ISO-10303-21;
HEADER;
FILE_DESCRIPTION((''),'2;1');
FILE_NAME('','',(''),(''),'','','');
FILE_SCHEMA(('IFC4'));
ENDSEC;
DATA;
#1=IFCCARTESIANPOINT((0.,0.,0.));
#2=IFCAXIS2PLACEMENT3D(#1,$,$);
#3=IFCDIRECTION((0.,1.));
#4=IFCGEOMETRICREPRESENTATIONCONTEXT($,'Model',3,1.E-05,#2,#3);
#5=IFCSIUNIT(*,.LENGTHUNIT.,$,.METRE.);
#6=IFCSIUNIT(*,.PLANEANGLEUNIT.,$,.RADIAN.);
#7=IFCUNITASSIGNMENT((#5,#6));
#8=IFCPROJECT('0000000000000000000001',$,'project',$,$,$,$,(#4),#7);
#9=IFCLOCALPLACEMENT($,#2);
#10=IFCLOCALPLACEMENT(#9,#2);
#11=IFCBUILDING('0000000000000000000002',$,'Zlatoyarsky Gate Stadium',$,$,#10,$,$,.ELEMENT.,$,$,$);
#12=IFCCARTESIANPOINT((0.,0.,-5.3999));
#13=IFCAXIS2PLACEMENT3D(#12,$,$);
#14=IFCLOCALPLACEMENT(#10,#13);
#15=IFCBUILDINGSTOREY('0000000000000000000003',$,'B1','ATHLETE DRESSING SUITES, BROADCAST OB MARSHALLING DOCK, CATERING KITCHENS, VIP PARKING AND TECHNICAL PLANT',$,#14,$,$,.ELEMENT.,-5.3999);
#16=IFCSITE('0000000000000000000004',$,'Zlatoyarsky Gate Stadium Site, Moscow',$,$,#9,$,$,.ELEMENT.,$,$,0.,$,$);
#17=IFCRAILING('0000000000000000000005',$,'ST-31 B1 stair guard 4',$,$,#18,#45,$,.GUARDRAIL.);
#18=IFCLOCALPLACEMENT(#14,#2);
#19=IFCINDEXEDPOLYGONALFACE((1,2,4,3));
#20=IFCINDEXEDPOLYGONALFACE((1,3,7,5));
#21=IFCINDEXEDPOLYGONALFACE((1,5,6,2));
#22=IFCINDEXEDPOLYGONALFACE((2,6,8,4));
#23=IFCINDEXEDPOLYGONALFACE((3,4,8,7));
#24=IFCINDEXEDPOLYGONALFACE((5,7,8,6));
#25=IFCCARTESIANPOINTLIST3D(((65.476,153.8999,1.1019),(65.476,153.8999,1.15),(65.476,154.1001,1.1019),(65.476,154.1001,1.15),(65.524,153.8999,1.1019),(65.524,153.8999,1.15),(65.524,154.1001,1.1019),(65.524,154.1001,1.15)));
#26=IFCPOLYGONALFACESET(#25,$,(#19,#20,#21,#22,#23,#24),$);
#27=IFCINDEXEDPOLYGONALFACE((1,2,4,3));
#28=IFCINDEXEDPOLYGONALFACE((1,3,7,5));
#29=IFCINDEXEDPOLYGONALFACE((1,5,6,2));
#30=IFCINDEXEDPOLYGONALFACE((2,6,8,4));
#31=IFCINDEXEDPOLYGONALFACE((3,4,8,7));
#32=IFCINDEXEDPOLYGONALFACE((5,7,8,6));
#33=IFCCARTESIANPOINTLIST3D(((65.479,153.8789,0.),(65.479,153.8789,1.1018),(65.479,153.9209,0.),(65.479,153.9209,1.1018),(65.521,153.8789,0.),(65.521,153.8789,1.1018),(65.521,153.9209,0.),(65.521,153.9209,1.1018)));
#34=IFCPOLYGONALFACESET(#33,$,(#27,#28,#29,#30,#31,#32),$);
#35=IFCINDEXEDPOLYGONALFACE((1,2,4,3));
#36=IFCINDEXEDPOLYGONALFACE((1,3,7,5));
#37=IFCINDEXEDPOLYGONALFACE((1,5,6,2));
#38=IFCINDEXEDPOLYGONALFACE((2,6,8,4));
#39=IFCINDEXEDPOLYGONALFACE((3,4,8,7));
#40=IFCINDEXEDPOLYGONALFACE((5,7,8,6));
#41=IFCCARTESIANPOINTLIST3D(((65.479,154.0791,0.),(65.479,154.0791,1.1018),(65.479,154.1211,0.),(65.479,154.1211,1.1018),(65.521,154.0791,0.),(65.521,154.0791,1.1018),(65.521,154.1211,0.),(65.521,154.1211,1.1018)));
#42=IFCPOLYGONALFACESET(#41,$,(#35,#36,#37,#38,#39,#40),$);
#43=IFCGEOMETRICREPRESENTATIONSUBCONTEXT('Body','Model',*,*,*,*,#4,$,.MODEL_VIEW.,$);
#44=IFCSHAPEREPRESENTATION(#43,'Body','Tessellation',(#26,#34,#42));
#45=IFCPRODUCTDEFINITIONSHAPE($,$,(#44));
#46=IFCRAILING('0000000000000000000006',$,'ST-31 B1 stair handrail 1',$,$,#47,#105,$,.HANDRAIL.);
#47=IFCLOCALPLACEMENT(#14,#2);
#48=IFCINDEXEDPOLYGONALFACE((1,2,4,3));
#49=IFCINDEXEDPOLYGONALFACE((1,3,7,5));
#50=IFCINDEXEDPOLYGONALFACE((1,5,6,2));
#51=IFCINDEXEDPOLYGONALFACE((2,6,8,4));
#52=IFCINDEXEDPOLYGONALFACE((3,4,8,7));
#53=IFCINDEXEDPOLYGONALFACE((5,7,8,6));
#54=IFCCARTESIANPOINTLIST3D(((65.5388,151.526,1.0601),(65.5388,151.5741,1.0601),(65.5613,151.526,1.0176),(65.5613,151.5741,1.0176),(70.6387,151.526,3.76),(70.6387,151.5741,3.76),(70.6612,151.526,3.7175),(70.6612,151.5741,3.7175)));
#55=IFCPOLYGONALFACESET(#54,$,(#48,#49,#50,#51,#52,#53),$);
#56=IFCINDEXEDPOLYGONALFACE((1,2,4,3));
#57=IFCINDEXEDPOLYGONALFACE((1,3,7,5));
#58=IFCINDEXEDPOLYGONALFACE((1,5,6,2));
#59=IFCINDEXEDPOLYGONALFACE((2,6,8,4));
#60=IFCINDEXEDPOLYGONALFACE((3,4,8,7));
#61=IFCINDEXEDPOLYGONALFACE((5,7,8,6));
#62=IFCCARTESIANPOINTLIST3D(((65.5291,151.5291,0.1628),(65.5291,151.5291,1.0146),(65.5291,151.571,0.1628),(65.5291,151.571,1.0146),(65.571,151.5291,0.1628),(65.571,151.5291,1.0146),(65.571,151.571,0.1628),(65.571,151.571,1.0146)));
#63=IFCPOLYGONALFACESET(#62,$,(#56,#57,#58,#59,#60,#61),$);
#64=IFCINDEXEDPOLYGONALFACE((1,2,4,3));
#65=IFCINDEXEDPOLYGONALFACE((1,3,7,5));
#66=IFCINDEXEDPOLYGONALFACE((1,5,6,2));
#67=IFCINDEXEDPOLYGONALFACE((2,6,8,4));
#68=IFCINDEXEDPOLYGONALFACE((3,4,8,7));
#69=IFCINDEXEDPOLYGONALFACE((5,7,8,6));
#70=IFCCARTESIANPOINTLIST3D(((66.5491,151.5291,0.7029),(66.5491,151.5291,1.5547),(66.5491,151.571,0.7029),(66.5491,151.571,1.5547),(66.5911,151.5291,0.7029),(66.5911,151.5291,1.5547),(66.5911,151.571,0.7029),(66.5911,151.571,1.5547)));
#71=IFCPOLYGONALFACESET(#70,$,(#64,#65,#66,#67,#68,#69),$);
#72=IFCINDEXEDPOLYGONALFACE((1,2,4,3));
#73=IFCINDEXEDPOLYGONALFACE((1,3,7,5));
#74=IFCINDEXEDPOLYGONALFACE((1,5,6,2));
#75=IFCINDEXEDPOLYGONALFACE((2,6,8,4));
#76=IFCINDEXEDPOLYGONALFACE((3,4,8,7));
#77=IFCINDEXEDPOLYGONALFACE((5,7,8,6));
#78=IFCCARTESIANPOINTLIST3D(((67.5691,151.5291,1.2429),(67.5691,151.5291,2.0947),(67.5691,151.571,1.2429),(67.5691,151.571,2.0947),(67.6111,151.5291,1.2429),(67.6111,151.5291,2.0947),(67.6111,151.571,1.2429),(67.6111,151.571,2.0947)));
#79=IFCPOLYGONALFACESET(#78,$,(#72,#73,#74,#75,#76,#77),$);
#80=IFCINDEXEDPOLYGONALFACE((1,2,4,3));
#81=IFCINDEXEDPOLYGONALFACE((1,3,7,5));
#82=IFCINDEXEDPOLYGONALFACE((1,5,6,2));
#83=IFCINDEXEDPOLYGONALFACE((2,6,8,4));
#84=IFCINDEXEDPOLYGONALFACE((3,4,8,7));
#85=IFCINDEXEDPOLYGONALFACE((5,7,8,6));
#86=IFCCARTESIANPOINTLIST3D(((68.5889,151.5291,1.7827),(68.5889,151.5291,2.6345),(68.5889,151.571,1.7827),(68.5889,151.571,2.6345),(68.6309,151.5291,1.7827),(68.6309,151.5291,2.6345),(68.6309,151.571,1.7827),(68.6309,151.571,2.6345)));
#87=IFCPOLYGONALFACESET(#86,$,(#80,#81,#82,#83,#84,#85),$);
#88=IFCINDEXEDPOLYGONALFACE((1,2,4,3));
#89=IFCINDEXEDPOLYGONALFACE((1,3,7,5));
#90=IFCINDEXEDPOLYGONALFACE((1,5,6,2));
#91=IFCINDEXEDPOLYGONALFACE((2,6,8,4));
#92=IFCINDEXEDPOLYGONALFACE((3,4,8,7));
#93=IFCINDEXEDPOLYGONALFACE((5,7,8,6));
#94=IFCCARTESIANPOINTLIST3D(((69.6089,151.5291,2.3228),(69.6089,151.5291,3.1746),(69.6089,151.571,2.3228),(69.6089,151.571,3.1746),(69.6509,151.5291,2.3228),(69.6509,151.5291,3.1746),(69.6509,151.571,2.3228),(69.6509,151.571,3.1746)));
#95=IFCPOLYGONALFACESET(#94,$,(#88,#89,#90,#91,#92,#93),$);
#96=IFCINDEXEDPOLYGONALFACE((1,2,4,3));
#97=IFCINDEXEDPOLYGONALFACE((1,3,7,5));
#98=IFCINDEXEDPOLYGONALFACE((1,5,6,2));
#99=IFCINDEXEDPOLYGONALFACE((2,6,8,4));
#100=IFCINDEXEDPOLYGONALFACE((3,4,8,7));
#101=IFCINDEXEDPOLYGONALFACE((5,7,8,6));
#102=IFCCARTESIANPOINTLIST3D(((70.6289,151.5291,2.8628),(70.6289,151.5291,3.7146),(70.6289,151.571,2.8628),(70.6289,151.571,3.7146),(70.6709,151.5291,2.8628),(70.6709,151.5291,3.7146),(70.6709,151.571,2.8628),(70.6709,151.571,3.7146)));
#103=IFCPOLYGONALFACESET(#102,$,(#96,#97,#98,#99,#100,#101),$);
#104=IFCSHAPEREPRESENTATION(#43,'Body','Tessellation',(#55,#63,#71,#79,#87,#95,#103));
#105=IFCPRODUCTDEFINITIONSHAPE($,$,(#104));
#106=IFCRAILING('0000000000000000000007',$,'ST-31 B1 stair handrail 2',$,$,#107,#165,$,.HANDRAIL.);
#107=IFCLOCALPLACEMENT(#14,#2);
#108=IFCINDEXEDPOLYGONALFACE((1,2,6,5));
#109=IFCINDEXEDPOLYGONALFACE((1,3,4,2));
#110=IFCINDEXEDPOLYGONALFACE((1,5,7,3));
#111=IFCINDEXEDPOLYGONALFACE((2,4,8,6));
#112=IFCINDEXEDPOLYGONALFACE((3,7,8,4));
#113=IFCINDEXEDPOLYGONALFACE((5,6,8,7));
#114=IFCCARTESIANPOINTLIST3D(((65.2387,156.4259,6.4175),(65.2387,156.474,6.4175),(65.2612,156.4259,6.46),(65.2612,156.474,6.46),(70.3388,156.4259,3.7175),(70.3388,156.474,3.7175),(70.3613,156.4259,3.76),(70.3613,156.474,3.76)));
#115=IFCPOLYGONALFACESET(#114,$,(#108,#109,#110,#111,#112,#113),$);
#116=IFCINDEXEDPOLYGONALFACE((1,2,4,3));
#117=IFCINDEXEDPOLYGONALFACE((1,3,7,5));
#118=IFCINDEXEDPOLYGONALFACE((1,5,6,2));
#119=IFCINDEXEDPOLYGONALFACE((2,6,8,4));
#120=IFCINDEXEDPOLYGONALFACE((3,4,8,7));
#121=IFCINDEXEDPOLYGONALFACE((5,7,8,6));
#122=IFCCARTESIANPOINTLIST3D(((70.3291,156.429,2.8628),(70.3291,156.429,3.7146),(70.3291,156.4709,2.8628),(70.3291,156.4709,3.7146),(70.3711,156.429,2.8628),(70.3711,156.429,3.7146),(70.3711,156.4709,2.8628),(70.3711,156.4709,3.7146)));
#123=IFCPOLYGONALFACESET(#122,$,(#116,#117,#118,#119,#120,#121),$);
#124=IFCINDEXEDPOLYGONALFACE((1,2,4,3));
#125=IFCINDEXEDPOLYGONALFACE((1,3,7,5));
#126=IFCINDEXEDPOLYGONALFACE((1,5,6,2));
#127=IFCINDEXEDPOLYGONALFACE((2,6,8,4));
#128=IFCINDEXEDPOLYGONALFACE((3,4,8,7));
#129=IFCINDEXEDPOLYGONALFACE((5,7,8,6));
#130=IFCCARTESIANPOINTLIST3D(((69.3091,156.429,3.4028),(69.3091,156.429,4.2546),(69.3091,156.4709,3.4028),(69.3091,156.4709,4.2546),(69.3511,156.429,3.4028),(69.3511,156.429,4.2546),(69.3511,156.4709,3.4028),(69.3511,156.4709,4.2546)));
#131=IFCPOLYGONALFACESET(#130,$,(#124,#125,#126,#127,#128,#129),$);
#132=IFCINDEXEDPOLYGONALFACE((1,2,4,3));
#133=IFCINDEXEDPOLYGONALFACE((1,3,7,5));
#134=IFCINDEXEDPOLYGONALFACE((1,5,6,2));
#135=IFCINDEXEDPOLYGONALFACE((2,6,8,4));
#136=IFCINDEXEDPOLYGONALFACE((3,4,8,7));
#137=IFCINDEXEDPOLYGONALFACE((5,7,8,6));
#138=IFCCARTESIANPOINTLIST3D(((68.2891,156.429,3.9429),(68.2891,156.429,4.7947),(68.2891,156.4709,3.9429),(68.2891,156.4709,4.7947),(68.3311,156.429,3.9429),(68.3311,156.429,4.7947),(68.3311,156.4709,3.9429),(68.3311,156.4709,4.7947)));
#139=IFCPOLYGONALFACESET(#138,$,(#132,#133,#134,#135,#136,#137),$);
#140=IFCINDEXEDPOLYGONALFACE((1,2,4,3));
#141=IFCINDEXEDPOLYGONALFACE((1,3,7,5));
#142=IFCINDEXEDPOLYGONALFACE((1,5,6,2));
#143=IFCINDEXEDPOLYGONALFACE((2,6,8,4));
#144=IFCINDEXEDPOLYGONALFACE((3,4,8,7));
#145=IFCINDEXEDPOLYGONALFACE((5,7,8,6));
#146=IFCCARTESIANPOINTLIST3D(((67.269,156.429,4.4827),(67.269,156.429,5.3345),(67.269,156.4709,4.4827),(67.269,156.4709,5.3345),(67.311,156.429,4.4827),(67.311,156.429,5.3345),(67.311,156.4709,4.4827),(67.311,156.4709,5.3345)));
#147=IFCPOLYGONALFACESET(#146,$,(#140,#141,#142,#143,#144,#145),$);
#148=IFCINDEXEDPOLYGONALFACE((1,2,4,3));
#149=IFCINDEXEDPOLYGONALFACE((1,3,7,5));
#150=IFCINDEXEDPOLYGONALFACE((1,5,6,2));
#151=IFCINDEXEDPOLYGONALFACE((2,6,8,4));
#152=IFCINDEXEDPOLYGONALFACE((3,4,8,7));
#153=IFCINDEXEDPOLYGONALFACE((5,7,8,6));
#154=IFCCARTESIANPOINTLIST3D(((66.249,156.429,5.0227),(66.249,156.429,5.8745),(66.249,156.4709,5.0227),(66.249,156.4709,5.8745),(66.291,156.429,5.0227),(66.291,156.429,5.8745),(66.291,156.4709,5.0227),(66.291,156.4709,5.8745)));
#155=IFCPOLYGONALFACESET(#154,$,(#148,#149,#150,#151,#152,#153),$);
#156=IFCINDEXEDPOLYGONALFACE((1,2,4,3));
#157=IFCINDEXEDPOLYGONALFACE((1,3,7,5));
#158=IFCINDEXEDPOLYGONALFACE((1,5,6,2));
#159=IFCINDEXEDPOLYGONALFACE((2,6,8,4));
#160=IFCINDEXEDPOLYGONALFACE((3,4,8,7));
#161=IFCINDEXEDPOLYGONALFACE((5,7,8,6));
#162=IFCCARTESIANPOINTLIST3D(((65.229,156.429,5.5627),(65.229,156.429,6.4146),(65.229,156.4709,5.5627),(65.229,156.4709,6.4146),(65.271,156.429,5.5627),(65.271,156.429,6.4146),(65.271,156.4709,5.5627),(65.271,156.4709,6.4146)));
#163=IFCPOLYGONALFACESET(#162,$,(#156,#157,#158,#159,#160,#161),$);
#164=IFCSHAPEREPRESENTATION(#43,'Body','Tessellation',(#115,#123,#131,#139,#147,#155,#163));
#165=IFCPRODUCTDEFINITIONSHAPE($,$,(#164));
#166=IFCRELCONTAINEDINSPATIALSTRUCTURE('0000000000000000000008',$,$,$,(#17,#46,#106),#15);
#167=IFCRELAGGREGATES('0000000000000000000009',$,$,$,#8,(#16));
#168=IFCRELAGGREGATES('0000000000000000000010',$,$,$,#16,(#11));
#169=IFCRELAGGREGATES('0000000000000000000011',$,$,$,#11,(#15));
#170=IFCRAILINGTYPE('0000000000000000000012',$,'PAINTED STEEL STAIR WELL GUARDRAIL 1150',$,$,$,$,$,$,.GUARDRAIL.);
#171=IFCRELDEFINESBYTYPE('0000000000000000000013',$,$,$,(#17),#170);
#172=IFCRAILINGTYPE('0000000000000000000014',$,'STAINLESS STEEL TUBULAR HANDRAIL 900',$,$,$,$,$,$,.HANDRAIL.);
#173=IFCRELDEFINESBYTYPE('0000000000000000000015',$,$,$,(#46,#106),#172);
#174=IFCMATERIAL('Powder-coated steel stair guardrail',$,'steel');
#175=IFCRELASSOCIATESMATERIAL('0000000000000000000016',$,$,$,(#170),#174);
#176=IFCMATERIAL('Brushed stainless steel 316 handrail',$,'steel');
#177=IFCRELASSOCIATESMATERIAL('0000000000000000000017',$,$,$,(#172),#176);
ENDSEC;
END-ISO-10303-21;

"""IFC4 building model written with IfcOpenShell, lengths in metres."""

from ifc_helpers import new_model, si_unit, direction, frame, origin, origin_2d, place, context, subcontext, project, spatial, rectangle, extrude, material, type_object, element, save


model = new_model("IFC4")

# Units and contexts
model_context = context("Model", 3, precision=1e-05, world=origin(), true_north=direction((0.0, 1.0)))
body_context = subcontext(model_context, "Body", "Model", "MODEL_VIEW")
ifc_project = project(units=[si_unit("LENGTHUNIT", "METRE"), si_unit("PLANEANGLEUNIT", "RADIAN")], contexts=[model_context])

# Site, building, storey
site_placement = place(None, origin())
site = spatial("IfcSite", under=ifc_project, at=site_placement, Name="Zlatoyarsky Gate Stadium Site, Moscow", CompositionType="ELEMENT", RefElevation=0.0)
building_placement = place(site_placement, origin())
building = spatial("IfcBuilding", under=site, at=building_placement, Name="Zlatoyarsky Gate Stadium", CompositionType="ELEMENT")
storey_placement = place(building_placement, frame((0.0, 0.0, -5.3999)))
storey = spatial("IfcBuildingStorey", under=building, at=storey_placement, Name="B1", Description="ATHLETE DRESSING SUITES, BROADCAST OB MARSHALLING DOCK, CATERING KITCHENS, VIP PARKING AND TECHNICAL PLANT", CompositionType="ELEMENT", Elevation=-5.3999)

# Railings
ifc_material_1 = material(Name="Powder-coated steel stair guardrail", Category="steel")
railing_type_1 = type_object("IfcRailingType", Name="PAINTED STEEL STAIR WELL GUARDRAIL 1150", PredefinedType="GUARDRAIL", material=ifc_material_1)
railing_1_placement = place(storey_placement, frame((65.5, 153.8999, 0.0)))
element("IfcRailing", 1, at=railing_1_placement, inside=storey, type_object=railing_type_1, Name="ST-31 B1 stair guard 4", PredefinedType="GUARDRAIL", context=body_context, shape_type="SweptSolid", body=[
    extrude(rectangle(XDim=0.0481, YDim=0.0481, at=origin_2d()), frame((0.0, 0.0, 1.126), z_axis=(0.0, 1.0, 0.0), x_axis=(-1.0, 0.0, 0.0)), (0.0, 0.0, 1.0), 0.2002),
    extrude(rectangle(XDim=0.042, YDim=0.042, at=origin_2d()), origin(), (0.0, 0.0, 1.0), 1.1018),
    extrude(rectangle(XDim=0.042, YDim=0.042, at=origin_2d()), frame((0.0, 0.2002, 0.0)), (0.0, 0.0, 1.0), 1.1018),
])
ifc_material_2 = material(Name="Brushed stainless steel 316 handrail", Category="steel")
railing_type_2 = type_object("IfcRailingType", Name="STAINLESS STEEL TUBULAR HANDRAIL 900", PredefinedType="HANDRAIL", material=ifc_material_2)
railing_2_placement = place(storey_placement, frame((65.55, 151.55, 0.1628)))
element("IfcRailing", 2, at=railing_2_placement, inside=storey, type_object=railing_type_2, Name="ST-31 B1 stair handrail 1", PredefinedType="HANDRAIL", context=body_context, shape_type="SweptSolid", body=[
    extrude(rectangle(XDim=0.0481, YDim=0.0481, at=origin_2d()), frame((0.0, 0.0, 0.876), z_axis=(0.883786, 0.0, 0.467892), x_axis=(0.0, 1.0, 0.0)), (0.0, 0.0, 1.0), 5.7705),
    extrude(rectangle(XDim=0.042, YDim=0.042, at=origin_2d()), origin(), (0.0, 0.0, 1.0), 0.8518),
    extrude(rectangle(XDim=0.042, YDim=0.042, at=origin_2d()), frame((1.02, 0.0, 0.54)), (0.0, 0.0, 1.0), 0.8518),
    extrude(rectangle(XDim=0.042, YDim=0.042, at=origin_2d()), frame((2.04, 0.0, 1.0801)), (0.0, 0.0, 1.0), 0.8518),
    extrude(rectangle(XDim=0.042, YDim=0.042, at=origin_2d()), frame((3.0598, 0.0, 1.6199)), (0.0, 0.0, 1.0), 0.8518),
    extrude(rectangle(XDim=0.042, YDim=0.042, at=origin_2d()), frame((4.0798, 0.0, 2.1599)), (0.0, 0.0, 1.0), 0.8518),
    extrude(rectangle(XDim=0.042, YDim=0.042, at=origin_2d()), frame((5.0999, 0.0, 2.7)), (0.0, 0.0, 1.0), 0.8518),
])
railing_3_placement = place(storey_placement, frame((70.3501, 156.45, 2.8628)))
element("IfcRailing", 3, at=railing_3_placement, inside=storey, type_object=railing_type_2, Name="ST-31 B1 stair handrail 2", PredefinedType="HANDRAIL", context=body_context, shape_type="SweptSolid", body=[
    extrude(rectangle(XDim=0.0481, YDim=0.0481, at=origin_2d()), frame((0.0, 0.0, 0.876), z_axis=(-0.883795, 0.0, 0.467874), x_axis=(0.0, -1.0, 0.0)), (0.0, 0.0, 1.0), 5.7708),
    extrude(rectangle(XDim=0.042, YDim=0.042, at=origin_2d()), origin(), (0.0, 0.0, 1.0), 0.8518),
    extrude(rectangle(XDim=0.042, YDim=0.042, at=origin_2d()), frame((-1.02, 0.0, 0.54)), (0.0, 0.0, 1.0), 0.8518),
    extrude(rectangle(XDim=0.042, YDim=0.042, at=origin_2d()), frame((-2.04, 0.0, 1.0801)), (0.0, 0.0, 1.0), 0.8518),
    extrude(rectangle(XDim=0.042, YDim=0.042, at=origin_2d()), frame((-3.0601, 0.0, 1.6199)), (0.0, 0.0, 1.0), 0.8518),
    extrude(rectangle(XDim=0.042, YDim=0.042, at=origin_2d()), frame((-4.0801, 0.0, 2.1599)), (0.0, 0.0, 1.0), 0.8518),
    extrude(rectangle(XDim=0.042, YDim=0.042, at=origin_2d()), frame((-5.1001, 0.0, 2.7)), (0.0, 0.0, 1.0), 0.8518),
])

save(model, "model.ifc")
